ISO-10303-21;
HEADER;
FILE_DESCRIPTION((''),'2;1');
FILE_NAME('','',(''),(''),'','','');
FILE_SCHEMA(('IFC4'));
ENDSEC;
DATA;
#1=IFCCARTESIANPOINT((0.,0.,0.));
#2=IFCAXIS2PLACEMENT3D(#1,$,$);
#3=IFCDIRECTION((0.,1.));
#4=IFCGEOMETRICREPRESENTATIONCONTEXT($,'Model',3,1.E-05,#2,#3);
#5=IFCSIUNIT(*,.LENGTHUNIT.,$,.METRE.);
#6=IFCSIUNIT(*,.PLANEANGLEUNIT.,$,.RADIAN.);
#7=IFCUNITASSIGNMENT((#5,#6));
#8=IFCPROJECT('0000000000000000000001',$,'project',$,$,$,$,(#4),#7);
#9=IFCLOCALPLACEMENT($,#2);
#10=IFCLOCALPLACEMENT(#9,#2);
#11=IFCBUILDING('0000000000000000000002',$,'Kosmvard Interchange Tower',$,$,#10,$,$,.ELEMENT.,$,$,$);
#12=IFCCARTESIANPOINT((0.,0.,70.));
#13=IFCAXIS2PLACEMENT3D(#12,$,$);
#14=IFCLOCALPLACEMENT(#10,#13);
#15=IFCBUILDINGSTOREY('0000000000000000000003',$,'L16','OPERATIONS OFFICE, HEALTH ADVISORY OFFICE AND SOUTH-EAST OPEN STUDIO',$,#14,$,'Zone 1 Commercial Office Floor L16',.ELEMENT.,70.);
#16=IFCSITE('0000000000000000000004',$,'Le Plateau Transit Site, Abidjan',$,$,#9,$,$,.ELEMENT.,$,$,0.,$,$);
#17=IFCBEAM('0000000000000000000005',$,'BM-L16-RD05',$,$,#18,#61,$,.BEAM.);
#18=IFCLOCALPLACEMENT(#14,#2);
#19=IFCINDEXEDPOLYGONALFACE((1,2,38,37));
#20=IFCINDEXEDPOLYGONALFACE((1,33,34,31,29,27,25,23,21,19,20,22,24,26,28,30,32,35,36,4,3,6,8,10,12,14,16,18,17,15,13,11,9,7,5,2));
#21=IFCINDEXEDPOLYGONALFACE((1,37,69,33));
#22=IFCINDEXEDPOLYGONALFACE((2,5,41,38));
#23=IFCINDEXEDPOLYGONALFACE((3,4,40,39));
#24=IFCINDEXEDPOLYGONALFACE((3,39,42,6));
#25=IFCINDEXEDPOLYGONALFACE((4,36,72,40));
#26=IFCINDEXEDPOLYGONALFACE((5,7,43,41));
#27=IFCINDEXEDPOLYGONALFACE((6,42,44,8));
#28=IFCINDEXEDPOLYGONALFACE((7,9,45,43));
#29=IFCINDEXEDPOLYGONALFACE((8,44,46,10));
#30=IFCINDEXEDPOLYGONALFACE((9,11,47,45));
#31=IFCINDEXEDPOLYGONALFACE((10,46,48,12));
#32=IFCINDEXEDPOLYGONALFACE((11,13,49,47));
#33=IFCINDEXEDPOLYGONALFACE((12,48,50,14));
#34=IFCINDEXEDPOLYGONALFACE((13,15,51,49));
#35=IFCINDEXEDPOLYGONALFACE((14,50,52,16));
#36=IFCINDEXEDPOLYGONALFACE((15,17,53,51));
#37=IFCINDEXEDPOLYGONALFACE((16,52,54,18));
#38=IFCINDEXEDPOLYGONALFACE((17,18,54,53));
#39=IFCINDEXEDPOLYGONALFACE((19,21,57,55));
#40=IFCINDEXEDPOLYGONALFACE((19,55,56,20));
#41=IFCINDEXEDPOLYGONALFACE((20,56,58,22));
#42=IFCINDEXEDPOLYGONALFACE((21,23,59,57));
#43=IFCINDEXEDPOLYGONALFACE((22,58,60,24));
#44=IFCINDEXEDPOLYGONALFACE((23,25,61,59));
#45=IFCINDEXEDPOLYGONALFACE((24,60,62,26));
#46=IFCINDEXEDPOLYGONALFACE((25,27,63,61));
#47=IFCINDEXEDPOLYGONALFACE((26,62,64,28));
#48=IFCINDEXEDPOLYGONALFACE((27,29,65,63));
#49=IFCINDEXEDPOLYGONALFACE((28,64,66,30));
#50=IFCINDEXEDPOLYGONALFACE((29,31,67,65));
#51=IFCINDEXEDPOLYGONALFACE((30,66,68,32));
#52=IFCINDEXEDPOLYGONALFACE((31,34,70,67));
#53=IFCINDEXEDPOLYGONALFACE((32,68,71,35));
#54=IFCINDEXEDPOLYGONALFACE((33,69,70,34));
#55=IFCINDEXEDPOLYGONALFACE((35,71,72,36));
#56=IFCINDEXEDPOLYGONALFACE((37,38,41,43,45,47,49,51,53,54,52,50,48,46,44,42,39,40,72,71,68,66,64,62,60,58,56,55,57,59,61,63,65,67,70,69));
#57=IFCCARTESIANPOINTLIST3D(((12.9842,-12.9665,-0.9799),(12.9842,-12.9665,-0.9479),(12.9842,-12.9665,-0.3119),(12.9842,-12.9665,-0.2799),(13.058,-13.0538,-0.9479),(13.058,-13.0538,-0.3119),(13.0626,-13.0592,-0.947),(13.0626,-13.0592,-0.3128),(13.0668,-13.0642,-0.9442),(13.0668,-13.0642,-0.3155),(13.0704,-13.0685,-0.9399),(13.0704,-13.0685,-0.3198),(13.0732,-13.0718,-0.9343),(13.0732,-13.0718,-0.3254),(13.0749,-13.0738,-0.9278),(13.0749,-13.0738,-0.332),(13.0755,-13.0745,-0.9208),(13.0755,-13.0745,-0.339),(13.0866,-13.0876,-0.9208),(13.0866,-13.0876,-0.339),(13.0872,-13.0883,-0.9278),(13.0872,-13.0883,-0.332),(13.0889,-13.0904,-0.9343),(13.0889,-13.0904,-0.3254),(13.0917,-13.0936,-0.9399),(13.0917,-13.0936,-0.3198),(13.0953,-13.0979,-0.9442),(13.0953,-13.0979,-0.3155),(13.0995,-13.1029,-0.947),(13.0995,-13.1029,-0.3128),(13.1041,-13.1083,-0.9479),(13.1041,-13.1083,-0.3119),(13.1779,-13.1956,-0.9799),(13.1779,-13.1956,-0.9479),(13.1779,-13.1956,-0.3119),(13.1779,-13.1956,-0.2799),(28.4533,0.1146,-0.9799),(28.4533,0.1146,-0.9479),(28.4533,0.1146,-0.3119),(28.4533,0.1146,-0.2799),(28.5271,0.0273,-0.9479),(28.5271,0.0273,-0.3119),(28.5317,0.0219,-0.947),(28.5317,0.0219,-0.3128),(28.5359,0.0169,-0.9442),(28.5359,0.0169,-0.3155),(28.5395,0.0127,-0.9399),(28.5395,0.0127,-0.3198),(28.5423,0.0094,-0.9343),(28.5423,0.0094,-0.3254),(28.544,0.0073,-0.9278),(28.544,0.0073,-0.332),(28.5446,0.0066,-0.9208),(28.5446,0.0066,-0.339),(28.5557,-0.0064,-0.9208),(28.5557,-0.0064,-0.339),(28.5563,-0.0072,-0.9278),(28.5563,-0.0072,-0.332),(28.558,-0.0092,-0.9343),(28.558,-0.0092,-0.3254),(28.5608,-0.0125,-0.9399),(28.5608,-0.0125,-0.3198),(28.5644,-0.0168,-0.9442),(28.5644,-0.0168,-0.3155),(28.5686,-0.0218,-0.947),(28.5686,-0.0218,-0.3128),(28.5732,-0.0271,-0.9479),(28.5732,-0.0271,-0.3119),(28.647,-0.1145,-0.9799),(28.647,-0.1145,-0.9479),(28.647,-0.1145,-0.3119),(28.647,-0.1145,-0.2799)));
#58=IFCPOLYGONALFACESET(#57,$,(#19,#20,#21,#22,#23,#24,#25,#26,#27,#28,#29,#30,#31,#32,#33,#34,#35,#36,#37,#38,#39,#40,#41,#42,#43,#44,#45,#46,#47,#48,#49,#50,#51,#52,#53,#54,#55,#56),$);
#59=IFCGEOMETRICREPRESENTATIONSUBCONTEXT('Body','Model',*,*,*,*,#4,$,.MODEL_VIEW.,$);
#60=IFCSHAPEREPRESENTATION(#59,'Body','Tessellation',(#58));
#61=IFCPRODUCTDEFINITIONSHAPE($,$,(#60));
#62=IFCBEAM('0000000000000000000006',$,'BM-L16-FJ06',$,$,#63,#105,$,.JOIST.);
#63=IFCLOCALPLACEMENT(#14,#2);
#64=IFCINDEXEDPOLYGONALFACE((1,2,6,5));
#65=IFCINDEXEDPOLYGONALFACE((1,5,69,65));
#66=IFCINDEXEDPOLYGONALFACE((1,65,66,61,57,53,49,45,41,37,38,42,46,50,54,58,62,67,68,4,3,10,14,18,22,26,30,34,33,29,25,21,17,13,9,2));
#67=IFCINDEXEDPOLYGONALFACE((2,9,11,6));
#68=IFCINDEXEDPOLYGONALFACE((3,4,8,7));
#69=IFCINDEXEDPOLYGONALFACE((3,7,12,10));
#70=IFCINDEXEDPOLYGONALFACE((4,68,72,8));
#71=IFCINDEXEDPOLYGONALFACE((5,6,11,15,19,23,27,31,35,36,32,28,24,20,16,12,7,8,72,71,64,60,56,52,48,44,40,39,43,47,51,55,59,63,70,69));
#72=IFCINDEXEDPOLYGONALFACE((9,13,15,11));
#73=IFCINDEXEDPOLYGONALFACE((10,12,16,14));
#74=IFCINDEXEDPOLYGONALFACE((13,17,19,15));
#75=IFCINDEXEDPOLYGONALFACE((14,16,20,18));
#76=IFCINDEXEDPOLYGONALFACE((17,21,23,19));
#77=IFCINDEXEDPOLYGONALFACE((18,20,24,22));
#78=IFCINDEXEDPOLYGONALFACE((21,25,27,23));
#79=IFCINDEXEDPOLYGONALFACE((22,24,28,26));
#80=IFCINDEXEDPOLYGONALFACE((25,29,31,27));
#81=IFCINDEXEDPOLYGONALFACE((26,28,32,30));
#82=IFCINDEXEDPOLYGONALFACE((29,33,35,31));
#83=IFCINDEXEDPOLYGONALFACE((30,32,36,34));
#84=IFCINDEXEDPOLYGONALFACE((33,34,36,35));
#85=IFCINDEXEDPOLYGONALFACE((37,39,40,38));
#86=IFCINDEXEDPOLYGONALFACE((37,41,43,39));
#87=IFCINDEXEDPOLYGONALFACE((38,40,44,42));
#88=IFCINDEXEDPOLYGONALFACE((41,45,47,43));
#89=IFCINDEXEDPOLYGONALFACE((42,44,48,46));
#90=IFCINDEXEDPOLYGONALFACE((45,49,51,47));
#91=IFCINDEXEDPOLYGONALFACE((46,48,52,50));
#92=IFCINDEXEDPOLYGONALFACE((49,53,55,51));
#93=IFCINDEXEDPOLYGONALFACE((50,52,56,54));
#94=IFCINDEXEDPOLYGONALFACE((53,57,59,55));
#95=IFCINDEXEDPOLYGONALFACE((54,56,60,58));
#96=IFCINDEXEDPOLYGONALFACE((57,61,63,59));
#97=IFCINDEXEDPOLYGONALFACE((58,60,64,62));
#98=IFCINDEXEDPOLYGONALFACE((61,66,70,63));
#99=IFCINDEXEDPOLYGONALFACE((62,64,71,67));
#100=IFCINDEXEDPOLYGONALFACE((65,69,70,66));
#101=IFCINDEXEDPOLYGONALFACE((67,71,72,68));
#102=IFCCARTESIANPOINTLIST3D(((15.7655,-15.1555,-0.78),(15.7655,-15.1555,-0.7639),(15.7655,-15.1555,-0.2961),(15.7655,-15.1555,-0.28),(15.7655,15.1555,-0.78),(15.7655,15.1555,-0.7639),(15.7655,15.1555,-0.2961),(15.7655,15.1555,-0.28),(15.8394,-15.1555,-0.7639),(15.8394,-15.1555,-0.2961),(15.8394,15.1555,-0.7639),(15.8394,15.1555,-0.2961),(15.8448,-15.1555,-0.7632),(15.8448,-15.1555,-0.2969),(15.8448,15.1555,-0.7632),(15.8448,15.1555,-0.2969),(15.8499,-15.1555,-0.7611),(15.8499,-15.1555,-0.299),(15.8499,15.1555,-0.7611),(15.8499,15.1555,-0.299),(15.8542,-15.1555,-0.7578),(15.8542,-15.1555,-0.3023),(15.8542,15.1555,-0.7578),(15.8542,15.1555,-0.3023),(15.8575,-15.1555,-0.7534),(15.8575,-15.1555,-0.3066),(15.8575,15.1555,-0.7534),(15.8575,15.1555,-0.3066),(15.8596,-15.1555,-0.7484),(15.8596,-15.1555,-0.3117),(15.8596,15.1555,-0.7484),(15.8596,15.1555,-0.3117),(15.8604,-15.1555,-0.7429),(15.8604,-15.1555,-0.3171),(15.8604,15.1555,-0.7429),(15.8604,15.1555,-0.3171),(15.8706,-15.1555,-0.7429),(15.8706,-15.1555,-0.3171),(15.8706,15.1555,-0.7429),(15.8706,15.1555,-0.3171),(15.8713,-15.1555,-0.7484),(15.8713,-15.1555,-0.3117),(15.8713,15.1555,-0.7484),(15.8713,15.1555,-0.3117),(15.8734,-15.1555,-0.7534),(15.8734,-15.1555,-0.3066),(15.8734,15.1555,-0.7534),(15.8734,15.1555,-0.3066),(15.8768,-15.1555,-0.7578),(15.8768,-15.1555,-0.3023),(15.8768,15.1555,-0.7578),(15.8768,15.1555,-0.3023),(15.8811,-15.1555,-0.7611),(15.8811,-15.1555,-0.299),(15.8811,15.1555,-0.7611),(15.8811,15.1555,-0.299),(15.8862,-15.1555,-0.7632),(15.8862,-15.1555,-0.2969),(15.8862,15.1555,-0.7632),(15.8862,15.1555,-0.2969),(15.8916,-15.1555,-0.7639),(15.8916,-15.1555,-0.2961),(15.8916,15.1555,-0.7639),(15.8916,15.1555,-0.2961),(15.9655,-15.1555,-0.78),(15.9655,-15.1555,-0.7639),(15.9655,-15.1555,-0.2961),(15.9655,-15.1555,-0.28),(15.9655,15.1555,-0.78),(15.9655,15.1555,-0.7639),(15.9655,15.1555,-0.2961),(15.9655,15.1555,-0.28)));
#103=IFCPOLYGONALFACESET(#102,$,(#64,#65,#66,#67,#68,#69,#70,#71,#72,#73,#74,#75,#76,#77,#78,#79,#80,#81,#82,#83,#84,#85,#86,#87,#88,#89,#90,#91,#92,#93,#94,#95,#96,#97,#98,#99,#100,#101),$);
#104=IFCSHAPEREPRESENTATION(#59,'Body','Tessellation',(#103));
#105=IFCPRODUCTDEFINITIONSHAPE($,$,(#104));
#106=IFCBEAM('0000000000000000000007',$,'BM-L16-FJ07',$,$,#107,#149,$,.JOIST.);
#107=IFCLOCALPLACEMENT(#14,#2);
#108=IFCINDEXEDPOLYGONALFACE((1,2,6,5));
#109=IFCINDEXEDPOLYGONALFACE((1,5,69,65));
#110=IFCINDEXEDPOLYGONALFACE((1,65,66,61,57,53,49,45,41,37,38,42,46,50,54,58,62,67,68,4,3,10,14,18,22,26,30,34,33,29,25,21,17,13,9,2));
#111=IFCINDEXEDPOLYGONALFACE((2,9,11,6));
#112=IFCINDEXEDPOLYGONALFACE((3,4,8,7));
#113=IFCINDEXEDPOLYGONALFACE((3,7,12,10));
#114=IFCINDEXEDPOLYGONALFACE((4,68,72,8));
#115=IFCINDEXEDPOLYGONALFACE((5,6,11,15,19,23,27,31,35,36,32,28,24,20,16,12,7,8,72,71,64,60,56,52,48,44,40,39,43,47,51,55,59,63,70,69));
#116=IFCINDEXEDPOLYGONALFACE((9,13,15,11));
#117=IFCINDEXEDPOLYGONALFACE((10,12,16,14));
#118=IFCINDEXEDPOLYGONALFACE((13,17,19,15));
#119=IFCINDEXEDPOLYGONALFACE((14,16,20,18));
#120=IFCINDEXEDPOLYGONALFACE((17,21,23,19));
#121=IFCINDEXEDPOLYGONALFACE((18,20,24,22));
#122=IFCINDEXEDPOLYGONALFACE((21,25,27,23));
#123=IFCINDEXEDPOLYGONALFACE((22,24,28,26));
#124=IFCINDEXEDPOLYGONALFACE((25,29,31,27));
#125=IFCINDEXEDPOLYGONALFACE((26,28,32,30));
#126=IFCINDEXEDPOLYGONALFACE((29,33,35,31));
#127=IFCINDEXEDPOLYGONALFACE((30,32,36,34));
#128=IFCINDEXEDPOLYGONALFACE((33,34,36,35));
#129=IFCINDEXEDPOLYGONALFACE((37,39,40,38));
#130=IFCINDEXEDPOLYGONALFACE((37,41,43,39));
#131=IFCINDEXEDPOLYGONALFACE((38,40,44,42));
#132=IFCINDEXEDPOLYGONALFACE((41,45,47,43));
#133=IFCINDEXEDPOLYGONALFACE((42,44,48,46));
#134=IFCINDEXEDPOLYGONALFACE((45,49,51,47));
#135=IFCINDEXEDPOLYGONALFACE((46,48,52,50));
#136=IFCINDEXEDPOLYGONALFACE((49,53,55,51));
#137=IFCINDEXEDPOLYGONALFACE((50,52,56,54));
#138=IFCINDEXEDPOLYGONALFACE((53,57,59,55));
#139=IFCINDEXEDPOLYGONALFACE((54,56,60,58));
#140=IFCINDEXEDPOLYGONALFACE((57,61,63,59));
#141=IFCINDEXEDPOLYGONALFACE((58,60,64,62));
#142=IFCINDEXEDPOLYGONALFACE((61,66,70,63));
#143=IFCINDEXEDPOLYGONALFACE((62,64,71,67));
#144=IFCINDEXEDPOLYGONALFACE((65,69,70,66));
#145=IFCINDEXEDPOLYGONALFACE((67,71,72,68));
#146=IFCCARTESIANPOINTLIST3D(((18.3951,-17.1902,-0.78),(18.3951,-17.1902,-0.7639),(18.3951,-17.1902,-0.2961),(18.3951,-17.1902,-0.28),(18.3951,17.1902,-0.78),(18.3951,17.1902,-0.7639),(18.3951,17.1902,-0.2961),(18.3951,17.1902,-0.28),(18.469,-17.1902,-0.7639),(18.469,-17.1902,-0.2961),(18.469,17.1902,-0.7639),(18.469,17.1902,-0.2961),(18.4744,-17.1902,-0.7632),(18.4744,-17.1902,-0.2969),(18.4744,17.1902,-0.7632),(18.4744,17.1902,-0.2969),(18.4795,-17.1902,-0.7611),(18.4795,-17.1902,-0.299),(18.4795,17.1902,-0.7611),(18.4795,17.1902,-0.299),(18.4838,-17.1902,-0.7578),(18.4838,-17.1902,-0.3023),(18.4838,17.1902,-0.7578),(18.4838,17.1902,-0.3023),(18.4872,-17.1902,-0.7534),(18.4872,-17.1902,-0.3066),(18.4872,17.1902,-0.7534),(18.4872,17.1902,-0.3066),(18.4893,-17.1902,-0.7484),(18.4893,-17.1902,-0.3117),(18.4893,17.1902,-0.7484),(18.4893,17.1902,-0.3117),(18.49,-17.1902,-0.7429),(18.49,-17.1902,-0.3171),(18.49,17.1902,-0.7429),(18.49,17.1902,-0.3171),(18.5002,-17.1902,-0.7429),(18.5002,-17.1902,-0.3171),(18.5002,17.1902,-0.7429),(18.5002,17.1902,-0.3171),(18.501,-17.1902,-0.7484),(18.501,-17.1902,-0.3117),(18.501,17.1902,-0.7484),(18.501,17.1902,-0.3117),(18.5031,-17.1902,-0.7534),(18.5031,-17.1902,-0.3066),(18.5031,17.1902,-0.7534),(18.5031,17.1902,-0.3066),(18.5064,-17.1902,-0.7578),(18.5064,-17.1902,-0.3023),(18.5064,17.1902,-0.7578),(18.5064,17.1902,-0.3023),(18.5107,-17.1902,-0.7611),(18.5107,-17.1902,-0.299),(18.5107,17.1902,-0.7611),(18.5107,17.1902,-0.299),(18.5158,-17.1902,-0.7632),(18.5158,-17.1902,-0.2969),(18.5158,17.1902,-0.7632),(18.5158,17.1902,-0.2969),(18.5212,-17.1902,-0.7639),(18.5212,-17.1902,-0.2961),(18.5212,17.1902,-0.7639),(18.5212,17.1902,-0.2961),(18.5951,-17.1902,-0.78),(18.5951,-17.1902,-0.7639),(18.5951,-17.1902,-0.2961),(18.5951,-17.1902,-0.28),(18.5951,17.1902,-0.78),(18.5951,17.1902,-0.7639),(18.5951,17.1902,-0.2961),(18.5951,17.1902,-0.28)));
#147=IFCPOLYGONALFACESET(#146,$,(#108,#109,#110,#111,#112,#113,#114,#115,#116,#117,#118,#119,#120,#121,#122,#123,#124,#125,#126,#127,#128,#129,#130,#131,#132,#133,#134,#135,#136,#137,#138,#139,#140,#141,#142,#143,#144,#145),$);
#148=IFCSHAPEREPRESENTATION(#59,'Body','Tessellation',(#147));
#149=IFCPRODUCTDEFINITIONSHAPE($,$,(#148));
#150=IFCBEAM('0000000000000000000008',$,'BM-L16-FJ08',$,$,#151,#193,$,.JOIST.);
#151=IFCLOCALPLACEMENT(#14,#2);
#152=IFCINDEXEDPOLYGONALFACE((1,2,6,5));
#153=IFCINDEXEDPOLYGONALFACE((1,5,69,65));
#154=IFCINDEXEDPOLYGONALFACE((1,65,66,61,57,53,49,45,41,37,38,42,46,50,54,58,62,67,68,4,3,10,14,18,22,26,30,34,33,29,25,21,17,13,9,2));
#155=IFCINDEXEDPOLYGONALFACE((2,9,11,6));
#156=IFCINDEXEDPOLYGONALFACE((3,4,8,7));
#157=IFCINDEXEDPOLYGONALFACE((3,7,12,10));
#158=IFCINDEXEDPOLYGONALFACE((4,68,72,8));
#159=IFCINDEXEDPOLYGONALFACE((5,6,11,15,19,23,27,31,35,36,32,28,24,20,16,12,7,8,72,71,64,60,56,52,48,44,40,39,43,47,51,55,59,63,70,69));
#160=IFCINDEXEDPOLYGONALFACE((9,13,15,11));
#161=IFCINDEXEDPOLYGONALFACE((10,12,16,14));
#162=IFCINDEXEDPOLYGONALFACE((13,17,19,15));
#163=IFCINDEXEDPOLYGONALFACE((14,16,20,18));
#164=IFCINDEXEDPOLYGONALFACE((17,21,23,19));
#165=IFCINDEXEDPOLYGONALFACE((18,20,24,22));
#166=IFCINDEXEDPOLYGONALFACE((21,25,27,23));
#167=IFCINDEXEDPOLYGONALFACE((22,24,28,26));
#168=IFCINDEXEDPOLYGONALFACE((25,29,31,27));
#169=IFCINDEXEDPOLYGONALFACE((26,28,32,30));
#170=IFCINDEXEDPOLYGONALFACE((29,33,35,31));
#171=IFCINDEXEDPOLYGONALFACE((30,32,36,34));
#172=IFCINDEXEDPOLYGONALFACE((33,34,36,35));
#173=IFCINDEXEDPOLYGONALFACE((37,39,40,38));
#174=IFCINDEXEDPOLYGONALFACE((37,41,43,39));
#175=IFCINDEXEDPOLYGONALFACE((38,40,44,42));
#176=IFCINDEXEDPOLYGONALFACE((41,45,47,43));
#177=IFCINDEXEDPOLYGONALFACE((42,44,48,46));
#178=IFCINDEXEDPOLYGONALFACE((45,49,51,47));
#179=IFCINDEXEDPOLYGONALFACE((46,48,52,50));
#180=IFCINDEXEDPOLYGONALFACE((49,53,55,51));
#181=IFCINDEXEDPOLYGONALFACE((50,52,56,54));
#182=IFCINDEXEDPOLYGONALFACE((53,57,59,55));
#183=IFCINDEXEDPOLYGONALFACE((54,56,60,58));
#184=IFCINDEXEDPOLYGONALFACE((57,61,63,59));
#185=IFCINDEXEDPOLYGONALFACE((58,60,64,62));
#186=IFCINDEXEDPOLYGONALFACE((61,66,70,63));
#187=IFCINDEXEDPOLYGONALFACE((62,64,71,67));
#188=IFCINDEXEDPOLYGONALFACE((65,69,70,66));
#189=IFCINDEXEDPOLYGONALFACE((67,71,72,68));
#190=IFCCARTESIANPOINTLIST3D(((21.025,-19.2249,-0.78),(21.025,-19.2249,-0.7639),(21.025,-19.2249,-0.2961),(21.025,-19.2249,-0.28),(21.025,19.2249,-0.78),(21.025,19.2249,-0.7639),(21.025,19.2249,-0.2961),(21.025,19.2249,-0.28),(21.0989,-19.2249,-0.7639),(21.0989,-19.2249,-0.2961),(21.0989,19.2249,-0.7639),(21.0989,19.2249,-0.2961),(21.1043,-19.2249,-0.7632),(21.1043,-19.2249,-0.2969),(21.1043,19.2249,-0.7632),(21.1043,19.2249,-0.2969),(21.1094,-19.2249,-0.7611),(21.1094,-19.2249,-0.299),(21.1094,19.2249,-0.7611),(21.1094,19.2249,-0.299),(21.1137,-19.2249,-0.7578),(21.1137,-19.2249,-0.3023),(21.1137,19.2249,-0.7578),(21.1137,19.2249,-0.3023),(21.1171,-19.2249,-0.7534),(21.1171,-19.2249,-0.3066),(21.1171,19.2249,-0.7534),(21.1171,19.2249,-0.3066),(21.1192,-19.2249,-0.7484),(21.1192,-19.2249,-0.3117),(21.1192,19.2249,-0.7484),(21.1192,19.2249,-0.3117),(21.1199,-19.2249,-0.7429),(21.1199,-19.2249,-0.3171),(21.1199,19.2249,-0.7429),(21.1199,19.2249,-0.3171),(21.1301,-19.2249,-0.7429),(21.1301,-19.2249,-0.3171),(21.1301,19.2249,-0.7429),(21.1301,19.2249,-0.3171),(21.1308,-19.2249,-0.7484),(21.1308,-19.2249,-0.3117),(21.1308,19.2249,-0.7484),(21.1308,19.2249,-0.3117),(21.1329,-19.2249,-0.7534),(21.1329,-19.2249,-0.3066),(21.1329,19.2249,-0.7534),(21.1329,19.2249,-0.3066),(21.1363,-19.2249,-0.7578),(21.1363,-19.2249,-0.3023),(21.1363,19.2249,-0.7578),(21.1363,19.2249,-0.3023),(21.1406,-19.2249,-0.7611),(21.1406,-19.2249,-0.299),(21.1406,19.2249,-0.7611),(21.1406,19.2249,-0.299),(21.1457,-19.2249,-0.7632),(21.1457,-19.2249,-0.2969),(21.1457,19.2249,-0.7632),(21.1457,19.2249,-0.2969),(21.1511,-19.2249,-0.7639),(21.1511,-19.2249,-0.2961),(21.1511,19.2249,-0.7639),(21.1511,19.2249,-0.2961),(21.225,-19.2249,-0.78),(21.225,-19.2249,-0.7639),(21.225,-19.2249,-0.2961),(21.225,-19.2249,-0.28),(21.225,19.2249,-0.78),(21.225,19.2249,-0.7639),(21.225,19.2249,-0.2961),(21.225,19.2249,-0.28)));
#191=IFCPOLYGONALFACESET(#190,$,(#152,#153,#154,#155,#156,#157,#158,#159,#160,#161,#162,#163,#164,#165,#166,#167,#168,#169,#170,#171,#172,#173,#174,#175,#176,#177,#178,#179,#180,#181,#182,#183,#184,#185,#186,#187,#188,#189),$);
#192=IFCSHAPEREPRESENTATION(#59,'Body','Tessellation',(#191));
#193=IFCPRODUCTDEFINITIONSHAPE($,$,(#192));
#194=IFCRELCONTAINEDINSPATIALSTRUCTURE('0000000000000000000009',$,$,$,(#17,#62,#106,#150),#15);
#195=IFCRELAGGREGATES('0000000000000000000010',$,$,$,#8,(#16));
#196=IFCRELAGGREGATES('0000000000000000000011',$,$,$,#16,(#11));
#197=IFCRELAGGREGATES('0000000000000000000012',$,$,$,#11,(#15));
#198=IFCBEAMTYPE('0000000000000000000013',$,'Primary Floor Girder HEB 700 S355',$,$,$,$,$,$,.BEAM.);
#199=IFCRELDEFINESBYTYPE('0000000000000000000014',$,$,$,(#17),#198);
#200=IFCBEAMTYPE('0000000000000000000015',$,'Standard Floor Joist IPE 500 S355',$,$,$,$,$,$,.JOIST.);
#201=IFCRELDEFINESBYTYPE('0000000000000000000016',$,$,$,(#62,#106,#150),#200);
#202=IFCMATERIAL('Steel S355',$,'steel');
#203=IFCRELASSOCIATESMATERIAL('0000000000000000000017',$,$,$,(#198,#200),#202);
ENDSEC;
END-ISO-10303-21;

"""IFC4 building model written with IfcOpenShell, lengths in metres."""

from ifc_helpers import new_model, si_unit, direction, frame, origin, origin_2d, place, context, subcontext, project, spatial, i_section, extrude, source, transform, mapped, material, material_profile, profile_set, type_object, element, save


model = new_model("IFC4")

# Units and contexts
model_context = context("Model", 3, precision=1e-05, world=origin(), true_north=direction((0.0, 1.0)))
body_context = subcontext(model_context, "Body", "Model", "MODEL_VIEW")
ifc_project = project(units=[si_unit("LENGTHUNIT", "METRE"), si_unit("PLANEANGLEUNIT", "RADIAN")], contexts=[model_context])

# Site, building, storey
site_placement = place(None, origin())
site = spatial("IfcSite", under=ifc_project, at=site_placement, Name="Le Plateau Transit Site, Abidjan", CompositionType="ELEMENT", RefElevation=0.0)
building_placement = place(site_placement, origin())
building = spatial("IfcBuilding", under=site, at=building_placement, Name="Kosmvard Interchange Tower", CompositionType="ELEMENT")
storey_placement = place(building_placement, frame((0.0, 0.0, 70.0)))
storey = spatial("IfcBuildingStorey", under=building, at=storey_placement, Name="L16", Description="OPERATIONS OFFICE, HEALTH ADVISORY OFFICE AND SOUTH-EAST OPEN STUDIO", LongName="Zone 1 Commercial Office Floor L16", CompositionType="ELEMENT", Elevation=70.0)

# Beams
ifc_material_1 = material(Name="Steel S355", Category="steel")
ifc_material_profile_1 = material_profile(ifc_material_1, i_section(OverallWidth=0.3, OverallDepth=0.7, WebThickness=0.0171, FlangeThickness=0.032, FilletRadius=0.0271, at=origin_2d()), Name="HEB 700")
ifc_profile_set_1 = profile_set([ifc_material_profile_1], Name="Steel S355")
beam_type_1 = type_object("IfcBeamType", Name="Primary Floor Girder HEB 700 S355", PredefinedType="BEAM", material=ifc_profile_set_1)
shared_shape_1 = source(origin(), body_context, "Body", "SweptSolid", [
    extrude(i_section(OverallWidth=0.3, OverallDepth=0.7, WebThickness=0.0171, FlangeThickness=0.032, FilletRadius=0.0271, at=origin_2d()), origin(), (0.0, 0.0, 1.0), 20.2585),
])
beam_1_placement = place(storey_placement, frame((13.0811, -13.0811, -0.6299), z_axis=(0.763583, 0.645709, 0.0), x_axis=(-0.645709, 0.763583, 0.0)))
element("IfcBeam", 1, at=beam_1_placement, inside=storey, type_object=beam_type_1, Name="BM-L16-RD05", PredefinedType="BEAM", context=body_context, shape_type="MappedRepresentation", body=[
    mapped(shared_shape_1, transform((0.0, 0.0, 0.0), scale=1.0)),
])
ifc_material_profile_2 = material_profile(ifc_material_1, i_section(OverallWidth=0.2, OverallDepth=0.5, WebThickness=0.0103, FlangeThickness=0.0161, FilletRadius=0.021, at=origin_2d()), Name="IPE 500")
ifc_profile_set_2 = profile_set([ifc_material_profile_2], Name="Steel S355")
beam_type_2 = type_object("IfcBeamType", Name="Standard Floor Joist IPE 500 S355", PredefinedType="JOIST", material=ifc_profile_set_2)
shared_shape_2 = source(origin(), body_context, "Body", "SweptSolid", [
    extrude(i_section(OverallWidth=0.2, OverallDepth=0.5, WebThickness=0.0103, FlangeThickness=0.0161, FilletRadius=0.021, at=origin_2d()), origin(), (0.0, 0.0, 1.0), 30.311),
])
beam_2_placement = place(storey_placement, frame((15.8655, -15.1555, -0.53), z_axis=(0.0, 1.0, 0.0), x_axis=(-1.0, 0.0, 0.0)))
element("IfcBeam", 2, at=beam_2_placement, inside=storey, type_object=beam_type_2, Name="BM-L16-FJ06", PredefinedType="JOIST", context=body_context, shape_type="MappedRepresentation", body=[
    mapped(shared_shape_2, transform((0.0, 0.0, 0.0), scale=1.0)),
])
shared_shape_3 = source(origin(), body_context, "Body", "SweptSolid", [
    extrude(i_section(OverallWidth=0.2, OverallDepth=0.5, WebThickness=0.0103, FlangeThickness=0.0161, FilletRadius=0.021, at=origin_2d()), origin(), (0.0, 0.0, 1.0), 34.3804),
])
beam_3_placement = place(storey_placement, frame((18.4951, -17.1902, -0.53), z_axis=(0.0, 1.0, 0.0), x_axis=(-1.0, 0.0, 0.0)))
element("IfcBeam", 3, at=beam_3_placement, inside=storey, type_object=beam_type_2, Name="BM-L16-FJ07", PredefinedType="JOIST", context=body_context, shape_type="MappedRepresentation", body=[
    mapped(shared_shape_3, transform((0.0, 0.0, 0.0), scale=1.0)),
])
shared_shape_4 = source(origin(), body_context, "Body", "SweptSolid", [
    extrude(i_section(OverallWidth=0.2, OverallDepth=0.5, WebThickness=0.0103, FlangeThickness=0.0161, FilletRadius=0.021, at=origin_2d()), origin(), (0.0, 0.0, 1.0), 38.4497),
])
beam_4_placement = place(storey_placement, frame((21.125, -19.2249, -0.53), z_axis=(0.0, 1.0, 0.0), x_axis=(-1.0, 0.0, 0.0)))
element("IfcBeam", 4, at=beam_4_placement, inside=storey, type_object=beam_type_2, Name="BM-L16-FJ08", PredefinedType="JOIST", context=body_context, shape_type="MappedRepresentation", body=[
    mapped(shared_shape_4, transform((0.0, 0.0, 0.0), scale=1.0)),
])

save(model, "model.ifc")
